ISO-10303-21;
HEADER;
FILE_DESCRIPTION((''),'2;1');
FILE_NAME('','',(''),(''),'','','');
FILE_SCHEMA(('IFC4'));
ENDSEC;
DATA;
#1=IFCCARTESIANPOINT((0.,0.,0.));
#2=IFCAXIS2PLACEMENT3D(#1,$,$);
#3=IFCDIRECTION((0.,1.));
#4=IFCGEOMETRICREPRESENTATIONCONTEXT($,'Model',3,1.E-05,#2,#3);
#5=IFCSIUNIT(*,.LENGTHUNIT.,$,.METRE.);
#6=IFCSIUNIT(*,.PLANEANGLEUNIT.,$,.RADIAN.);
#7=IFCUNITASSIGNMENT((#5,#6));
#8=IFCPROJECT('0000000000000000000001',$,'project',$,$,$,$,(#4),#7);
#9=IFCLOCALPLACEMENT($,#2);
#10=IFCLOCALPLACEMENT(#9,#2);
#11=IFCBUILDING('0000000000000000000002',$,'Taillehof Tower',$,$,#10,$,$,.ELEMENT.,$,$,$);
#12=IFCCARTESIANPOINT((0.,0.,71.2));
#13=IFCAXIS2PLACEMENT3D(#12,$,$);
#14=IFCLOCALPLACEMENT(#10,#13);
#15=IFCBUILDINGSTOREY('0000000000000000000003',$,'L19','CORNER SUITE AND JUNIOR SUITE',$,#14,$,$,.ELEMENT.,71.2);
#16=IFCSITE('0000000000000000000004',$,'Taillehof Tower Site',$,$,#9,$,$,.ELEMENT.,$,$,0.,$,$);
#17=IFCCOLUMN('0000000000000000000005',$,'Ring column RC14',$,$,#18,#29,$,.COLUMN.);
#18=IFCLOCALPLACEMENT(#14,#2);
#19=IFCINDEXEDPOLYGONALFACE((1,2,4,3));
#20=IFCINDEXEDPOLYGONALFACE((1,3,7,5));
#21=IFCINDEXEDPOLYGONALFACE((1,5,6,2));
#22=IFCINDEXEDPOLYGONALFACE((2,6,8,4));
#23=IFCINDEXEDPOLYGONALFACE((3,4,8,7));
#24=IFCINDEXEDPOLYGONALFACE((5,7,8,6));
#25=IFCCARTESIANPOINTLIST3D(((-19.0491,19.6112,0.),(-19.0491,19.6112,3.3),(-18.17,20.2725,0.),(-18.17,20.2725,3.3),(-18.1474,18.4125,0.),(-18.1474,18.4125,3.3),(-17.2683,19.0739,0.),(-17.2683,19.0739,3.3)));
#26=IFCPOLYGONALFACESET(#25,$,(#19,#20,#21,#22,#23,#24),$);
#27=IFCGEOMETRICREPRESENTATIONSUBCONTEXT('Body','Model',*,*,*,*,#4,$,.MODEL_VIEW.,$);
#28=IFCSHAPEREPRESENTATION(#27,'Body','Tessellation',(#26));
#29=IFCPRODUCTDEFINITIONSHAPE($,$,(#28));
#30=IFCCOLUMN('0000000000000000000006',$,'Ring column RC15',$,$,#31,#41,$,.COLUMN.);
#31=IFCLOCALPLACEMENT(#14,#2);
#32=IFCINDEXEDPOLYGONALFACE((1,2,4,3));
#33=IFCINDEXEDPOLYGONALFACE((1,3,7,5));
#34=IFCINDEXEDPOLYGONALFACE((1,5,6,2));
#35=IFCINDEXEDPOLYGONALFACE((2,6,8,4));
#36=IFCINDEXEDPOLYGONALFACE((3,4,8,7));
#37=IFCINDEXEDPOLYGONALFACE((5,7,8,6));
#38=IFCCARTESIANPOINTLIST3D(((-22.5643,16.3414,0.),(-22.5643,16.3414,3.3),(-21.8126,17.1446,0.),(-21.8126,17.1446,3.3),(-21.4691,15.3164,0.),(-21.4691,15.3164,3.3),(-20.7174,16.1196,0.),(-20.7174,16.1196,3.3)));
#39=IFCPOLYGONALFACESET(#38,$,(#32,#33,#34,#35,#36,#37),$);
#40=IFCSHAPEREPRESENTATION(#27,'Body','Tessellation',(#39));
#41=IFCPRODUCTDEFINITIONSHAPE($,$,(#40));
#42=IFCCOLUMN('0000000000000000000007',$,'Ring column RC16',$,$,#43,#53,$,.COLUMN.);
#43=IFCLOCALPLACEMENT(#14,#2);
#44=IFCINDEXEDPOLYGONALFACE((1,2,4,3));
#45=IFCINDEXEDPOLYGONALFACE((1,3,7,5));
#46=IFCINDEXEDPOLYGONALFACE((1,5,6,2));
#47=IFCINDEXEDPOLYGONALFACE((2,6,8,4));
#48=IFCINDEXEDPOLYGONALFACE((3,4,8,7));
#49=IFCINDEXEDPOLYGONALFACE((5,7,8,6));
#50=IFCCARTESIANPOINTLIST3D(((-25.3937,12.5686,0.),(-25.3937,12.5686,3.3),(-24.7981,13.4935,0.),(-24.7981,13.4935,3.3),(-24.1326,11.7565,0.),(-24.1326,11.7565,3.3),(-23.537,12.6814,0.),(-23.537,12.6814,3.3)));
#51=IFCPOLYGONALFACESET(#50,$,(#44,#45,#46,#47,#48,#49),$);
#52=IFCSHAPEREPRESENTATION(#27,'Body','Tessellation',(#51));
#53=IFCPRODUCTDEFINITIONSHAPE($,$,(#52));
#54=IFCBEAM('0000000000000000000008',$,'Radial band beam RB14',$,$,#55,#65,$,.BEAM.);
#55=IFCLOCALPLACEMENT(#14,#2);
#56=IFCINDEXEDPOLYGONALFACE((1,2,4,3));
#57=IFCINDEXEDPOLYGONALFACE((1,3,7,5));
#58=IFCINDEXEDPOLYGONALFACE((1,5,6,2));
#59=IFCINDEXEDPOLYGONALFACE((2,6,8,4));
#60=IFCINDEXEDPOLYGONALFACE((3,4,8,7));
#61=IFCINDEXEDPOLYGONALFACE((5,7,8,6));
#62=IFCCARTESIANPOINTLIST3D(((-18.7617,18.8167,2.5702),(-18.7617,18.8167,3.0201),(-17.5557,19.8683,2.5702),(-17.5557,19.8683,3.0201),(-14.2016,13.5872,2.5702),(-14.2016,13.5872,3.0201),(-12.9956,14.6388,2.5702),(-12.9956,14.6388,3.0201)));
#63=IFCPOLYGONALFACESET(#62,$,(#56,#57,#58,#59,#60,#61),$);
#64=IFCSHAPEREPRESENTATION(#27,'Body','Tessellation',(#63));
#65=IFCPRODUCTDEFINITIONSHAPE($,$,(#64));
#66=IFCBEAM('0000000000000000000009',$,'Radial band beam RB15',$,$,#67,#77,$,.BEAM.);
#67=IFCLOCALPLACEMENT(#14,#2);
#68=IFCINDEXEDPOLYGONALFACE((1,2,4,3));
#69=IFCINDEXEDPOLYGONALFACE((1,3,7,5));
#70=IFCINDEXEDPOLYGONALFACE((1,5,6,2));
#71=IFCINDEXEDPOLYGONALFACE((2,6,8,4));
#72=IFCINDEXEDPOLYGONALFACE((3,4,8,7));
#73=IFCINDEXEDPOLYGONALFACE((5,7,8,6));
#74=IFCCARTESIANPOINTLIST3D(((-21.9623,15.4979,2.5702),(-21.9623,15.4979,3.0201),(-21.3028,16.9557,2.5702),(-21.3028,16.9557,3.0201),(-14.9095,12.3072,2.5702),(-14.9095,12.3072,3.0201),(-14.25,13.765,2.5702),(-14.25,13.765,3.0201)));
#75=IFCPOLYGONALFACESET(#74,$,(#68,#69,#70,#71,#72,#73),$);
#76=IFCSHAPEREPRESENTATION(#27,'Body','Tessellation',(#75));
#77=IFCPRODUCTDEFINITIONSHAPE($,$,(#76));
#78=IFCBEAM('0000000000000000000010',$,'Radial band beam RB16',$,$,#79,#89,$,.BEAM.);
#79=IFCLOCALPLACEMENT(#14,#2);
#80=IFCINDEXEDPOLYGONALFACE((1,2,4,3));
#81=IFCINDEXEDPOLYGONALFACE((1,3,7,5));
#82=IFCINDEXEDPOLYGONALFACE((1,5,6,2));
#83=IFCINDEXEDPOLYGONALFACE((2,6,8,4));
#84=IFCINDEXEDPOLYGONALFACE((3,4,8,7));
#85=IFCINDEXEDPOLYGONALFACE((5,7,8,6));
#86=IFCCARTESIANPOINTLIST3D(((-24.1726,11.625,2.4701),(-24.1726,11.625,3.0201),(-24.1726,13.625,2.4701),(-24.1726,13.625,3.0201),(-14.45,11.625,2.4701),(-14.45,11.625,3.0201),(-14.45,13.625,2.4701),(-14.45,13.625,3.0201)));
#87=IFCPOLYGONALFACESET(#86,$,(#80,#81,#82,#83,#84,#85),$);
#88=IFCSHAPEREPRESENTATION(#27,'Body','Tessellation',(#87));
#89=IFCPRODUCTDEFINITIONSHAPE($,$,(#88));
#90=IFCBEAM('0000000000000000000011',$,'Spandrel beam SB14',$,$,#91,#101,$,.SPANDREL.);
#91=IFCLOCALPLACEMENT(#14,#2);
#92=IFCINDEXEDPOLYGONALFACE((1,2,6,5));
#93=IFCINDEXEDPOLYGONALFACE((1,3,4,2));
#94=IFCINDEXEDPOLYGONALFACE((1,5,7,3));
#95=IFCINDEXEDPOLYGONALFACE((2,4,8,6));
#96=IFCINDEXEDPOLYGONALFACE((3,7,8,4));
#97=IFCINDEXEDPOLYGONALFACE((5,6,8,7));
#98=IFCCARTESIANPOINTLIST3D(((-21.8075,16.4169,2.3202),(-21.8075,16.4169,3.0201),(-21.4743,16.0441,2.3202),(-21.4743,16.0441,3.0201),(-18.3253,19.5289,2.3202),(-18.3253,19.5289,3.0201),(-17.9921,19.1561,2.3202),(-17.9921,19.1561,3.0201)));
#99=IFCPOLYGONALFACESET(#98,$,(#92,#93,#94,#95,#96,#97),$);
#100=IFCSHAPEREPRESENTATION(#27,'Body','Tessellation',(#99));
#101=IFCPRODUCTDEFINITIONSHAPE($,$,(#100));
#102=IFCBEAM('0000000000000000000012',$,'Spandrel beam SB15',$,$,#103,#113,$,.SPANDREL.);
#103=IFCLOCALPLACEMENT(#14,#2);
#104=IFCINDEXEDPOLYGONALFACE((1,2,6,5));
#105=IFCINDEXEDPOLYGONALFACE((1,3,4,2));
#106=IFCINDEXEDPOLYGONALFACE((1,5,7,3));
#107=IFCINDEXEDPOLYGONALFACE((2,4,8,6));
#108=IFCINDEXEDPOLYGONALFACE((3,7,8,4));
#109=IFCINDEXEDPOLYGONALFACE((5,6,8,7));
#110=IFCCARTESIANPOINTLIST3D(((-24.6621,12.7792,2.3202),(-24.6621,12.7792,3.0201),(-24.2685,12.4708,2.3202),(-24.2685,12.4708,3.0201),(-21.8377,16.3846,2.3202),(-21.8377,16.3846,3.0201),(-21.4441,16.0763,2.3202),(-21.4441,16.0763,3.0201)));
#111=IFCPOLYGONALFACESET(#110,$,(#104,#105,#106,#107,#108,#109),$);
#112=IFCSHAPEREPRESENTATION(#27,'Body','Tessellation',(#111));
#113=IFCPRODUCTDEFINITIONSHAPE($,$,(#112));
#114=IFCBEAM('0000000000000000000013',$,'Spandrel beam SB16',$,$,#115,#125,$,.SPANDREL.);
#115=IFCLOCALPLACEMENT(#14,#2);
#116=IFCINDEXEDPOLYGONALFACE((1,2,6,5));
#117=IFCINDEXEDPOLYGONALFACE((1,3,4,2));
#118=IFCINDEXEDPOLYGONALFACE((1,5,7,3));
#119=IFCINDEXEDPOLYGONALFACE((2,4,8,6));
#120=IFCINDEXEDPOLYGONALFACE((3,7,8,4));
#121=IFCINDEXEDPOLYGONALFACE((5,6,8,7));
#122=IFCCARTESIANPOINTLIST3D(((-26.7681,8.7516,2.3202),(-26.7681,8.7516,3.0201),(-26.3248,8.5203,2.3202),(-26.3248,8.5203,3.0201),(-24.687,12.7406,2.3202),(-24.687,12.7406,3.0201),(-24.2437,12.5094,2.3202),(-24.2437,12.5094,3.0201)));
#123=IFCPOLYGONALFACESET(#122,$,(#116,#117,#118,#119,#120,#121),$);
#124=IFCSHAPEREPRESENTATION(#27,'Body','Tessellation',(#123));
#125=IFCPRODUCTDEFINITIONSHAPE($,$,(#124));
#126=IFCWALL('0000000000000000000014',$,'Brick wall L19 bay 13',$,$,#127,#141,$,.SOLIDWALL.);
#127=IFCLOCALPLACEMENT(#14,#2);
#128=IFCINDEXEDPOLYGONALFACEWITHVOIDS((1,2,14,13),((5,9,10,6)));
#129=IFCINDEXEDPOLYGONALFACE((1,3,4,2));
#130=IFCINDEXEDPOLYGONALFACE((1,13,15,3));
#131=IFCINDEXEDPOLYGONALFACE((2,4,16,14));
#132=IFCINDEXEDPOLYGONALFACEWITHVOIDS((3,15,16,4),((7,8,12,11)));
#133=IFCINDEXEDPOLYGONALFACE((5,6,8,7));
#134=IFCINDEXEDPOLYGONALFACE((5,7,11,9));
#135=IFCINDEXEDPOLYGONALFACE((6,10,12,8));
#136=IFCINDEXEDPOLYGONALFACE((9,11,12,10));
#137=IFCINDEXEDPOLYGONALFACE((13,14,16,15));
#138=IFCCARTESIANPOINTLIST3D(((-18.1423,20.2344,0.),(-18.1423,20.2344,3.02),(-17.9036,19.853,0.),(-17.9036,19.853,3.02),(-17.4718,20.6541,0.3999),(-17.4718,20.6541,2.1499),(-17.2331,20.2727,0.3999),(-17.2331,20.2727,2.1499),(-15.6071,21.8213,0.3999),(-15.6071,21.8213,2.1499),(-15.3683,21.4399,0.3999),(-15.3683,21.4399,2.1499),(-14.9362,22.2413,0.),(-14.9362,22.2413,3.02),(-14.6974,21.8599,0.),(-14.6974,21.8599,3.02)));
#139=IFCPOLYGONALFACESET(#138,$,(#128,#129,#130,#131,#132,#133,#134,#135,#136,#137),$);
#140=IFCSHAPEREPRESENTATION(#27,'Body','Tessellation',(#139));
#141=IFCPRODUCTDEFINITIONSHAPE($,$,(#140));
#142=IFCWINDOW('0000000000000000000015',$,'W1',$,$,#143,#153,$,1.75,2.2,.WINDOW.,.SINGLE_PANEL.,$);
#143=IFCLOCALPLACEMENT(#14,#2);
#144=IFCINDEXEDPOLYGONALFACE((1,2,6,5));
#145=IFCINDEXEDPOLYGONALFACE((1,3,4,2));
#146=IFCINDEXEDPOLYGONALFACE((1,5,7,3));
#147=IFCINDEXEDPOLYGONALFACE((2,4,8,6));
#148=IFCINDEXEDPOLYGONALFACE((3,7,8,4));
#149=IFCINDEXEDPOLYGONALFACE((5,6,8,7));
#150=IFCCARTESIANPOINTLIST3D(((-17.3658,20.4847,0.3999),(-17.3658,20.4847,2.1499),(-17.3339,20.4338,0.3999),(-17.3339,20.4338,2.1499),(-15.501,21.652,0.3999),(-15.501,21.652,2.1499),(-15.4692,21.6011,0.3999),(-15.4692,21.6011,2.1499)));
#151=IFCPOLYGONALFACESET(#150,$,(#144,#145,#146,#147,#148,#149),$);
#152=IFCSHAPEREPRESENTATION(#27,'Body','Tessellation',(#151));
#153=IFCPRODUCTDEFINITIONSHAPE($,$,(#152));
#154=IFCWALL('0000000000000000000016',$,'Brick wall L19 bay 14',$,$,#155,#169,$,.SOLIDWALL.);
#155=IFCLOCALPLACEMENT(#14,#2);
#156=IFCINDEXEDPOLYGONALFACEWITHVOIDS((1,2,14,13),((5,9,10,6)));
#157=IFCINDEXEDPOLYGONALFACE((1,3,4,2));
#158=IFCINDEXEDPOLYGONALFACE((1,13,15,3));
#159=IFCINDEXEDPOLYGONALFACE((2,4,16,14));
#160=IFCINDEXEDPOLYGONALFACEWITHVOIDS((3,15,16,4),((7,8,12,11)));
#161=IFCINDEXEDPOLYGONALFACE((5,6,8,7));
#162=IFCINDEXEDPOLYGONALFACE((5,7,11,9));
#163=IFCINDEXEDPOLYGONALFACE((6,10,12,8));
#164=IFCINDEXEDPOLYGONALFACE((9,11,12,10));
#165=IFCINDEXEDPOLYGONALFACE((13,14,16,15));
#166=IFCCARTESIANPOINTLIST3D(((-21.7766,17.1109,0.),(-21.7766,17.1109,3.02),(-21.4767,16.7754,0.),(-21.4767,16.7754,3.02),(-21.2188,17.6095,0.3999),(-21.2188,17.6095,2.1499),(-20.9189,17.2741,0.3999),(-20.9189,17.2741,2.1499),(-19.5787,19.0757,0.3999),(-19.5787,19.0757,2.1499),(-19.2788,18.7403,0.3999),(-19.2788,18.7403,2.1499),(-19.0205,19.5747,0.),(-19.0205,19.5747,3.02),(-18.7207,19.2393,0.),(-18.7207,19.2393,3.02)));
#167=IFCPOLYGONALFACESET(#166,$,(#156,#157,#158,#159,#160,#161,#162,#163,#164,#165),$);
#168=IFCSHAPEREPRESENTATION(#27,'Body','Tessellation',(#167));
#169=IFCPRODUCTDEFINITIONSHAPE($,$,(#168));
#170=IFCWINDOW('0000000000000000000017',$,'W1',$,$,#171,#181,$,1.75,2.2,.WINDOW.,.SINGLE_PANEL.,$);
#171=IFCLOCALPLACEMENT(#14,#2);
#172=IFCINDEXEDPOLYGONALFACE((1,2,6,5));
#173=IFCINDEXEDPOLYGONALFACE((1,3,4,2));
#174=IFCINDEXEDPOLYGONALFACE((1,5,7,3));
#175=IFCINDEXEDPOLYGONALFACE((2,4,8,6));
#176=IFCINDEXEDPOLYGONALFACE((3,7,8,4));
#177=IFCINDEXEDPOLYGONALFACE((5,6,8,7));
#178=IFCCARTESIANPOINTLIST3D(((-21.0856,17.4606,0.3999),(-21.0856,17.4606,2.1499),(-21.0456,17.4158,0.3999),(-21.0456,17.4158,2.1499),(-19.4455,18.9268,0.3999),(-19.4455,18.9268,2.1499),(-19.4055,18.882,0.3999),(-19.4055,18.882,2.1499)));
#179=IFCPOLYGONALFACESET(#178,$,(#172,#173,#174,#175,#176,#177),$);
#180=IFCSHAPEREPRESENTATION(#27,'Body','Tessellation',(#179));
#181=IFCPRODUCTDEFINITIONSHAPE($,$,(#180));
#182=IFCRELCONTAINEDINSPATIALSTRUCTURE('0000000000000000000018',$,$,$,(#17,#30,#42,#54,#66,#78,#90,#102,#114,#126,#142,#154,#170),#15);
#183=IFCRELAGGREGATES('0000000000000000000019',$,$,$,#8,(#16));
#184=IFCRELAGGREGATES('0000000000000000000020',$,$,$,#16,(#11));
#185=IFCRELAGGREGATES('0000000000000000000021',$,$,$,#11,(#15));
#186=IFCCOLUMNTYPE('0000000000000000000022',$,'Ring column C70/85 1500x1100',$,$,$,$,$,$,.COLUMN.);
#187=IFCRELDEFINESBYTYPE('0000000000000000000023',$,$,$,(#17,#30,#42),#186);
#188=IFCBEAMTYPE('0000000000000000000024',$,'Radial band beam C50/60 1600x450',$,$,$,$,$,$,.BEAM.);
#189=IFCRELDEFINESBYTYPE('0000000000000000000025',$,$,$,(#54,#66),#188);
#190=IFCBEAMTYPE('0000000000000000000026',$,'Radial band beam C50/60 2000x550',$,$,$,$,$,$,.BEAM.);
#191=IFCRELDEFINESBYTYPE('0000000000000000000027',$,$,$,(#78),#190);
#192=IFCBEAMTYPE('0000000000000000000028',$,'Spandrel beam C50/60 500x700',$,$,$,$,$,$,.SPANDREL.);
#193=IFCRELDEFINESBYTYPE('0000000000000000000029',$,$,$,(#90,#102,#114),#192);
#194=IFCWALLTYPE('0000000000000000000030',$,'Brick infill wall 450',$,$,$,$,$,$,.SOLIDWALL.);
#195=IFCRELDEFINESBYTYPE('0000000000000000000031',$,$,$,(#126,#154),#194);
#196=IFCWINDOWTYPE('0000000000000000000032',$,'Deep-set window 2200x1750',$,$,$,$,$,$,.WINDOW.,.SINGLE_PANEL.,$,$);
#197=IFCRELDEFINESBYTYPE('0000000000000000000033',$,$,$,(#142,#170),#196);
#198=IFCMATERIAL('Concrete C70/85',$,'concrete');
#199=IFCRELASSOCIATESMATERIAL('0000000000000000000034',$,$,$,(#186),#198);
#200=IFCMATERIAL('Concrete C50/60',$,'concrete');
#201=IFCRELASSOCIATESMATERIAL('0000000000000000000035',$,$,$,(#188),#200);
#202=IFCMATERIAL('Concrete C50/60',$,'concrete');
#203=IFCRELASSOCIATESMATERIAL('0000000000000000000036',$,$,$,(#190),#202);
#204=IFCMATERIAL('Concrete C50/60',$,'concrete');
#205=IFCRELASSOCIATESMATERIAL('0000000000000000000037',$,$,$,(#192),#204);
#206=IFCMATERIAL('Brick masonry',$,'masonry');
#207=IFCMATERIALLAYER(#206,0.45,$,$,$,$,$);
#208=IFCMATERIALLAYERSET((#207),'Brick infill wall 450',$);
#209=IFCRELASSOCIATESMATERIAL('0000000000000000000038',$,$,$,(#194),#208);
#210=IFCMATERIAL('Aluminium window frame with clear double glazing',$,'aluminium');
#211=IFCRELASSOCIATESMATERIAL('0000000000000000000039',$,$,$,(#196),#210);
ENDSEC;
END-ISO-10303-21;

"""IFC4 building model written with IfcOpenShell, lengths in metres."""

from ifc_helpers import new_model, si_unit, direction, frame, frame_2d, origin, origin_2d, place, context, subcontext, project, spatial, rectangle, extrude, material, layer, layer_set, material_profile, profile_set, type_object, element, fill, save


model = new_model("IFC4")

# Units and contexts
model_context = context("Model", 3, precision=1e-05, world=origin(), true_north=direction((0.0, 1.0)))
body_context = subcontext(model_context, "Body", "Model", "MODEL_VIEW")
ifc_project = project(units=[si_unit("LENGTHUNIT", "METRE"), si_unit("PLANEANGLEUNIT", "RADIAN")], contexts=[model_context])

# Site, building, storey
site_placement = place(None, origin())
site = spatial("IfcSite", under=ifc_project, at=site_placement, Name="Taillehof Tower Site", CompositionType="ELEMENT", RefElevation=0.0)
building_placement = place(site_placement, origin())
building = spatial("IfcBuilding", under=site, at=building_placement, Name="Taillehof Tower", CompositionType="ELEMENT")
storey_placement = place(building_placement, frame((0.0, 0.0, 71.2)))
storey = spatial("IfcBuildingStorey", under=building, at=storey_placement, Name="L19", Description="CORNER SUITE AND JUNIOR SUITE", CompositionType="ELEMENT", Elevation=71.2)

# Columns
ifc_material_1 = material(Name="Concrete C70/85", Category="concrete")
ifc_material_profile_1 = material_profile(ifc_material_1, rectangle(XDim=1.5, YDim=1.1001, at=origin_2d()), Name="RC 1500x1100")
ifc_profile_set_1 = profile_set([ifc_material_profile_1], Name="Concrete C70/85")
column_type = type_object("IfcColumnType", Name="Ring column C70/85 1500x1100", PredefinedType="COLUMN", material=ifc_profile_set_1)
for number, where, z_axis, x_axis, name in (
    (1, (-18.1587, 19.3425, 0.0), (0.0, 0.0, 1.0), (-0.601174, 0.799118, 0.0), "Ring column RC14"),
    (2, (-21.6409, 16.2305, 0.0), (0.0, 0.0, 1.0), (-0.730113, 0.683326, 0.0), "Ring column RC15"),
    (3, (-24.4653, 12.625, 0.0), (0.0, 0.0, 1.0), (-0.840754, 0.541418, 0.0), "Ring column RC16"),
):
    element("IfcColumn", number, at=place(storey_placement, frame(where, z_axis=z_axis, x_axis=x_axis)), inside=storey, type_object=column_type, Name=name, PredefinedType="COLUMN", context=body_context, shape_type="SweptSolid", body=[
        extrude(rectangle(XDim=1.5, YDim=1.1001, at=origin_2d()), origin(), (0.0, 0.0, 1.0), 3.3),
    ])

# Beams
ifc_material_2 = material(Name="Concrete C50/60", Category="concrete")
ifc_material_profile_2 = material_profile(ifc_material_2, rectangle(XDim=1.6001, YDim=0.45, at=origin_2d()), Name="RC 1600x450")
ifc_profile_set_2 = profile_set([ifc_material_profile_2], Name="Concrete C50/60")
beam_type_1 = type_object("IfcBeamType", Name="Radial band beam C50/60 1600x450", PredefinedType="BEAM", material=ifc_profile_set_2)
beam_1_placement = place(storey_placement, frame((-18.1587, 19.3425, 2.7952), z_axis=(0.657218, -0.7537, 0.0), x_axis=(0.7537, 0.657218, 0.0)))
element("IfcBeam", 4, at=beam_1_placement, inside=storey, type_object=beam_type_1, Name="Radial band beam RB14", PredefinedType="BEAM", context=body_context, shape_type="SweptSolid", body=[
    extrude(rectangle(XDim=1.6001, YDim=0.45, at=origin_2d()), origin(), (0.0, 0.0, 1.0), 6.9385),
])
beam_2_placement = place(storey_placement, frame((-21.6326, 16.2268, 2.7952), z_axis=(0.911101, -0.412184, 0.0), x_axis=(0.412184, 0.911101, 0.0)))
element("IfcBeam", 5, at=beam_2_placement, inside=storey, type_object=beam_type_1, Name="Radial band beam RB15", PredefinedType="BEAM", context=body_context, shape_type="SweptSolid", body=[
    extrude(rectangle(XDim=1.6001, YDim=0.45, at=origin_2d()), origin(), (0.0, 0.0, 1.0), 7.741),
])
ifc_material_3 = material(Name="Concrete C50/60", Category="concrete")
ifc_material_profile_3 = material_profile(ifc_material_3, rectangle(XDim=2.0, YDim=0.55, at=origin_2d()), Name="RC 2000x550")
ifc_profile_set_3 = profile_set([ifc_material_profile_3], Name="Concrete C50/60")
beam_type_2 = type_object("IfcBeamType", Name="Radial band beam C50/60 2000x550", PredefinedType="BEAM", material=ifc_profile_set_3)
beam_3_placement = place(storey_placement, frame((-24.1726, 12.625, 2.7451), z_axis=(1.0, 0.0, 0.0), x_axis=(0.0, 1.0, 0.0)))
element("IfcBeam", 6, at=beam_3_placement, inside=storey, type_object=beam_type_2, Name="Radial band beam RB16", PredefinedType="BEAM", context=body_context, shape_type="SweptSolid", body=[
    extrude(rectangle(XDim=2.0, YDim=0.55, at=origin_2d()), origin(), (0.0, 0.0, 1.0), 9.7227),
])
ifc_material_4 = material(Name="Concrete C50/60", Category="concrete")
ifc_material_profile_4 = material_profile(ifc_material_4, rectangle(XDim=0.5, YDim=0.7, at=origin_2d()), Name="RC 500x700")
ifc_profile_set_4 = profile_set([ifc_material_profile_4], Name="Concrete C50/60")
beam_type_3 = type_object("IfcBeamType", Name="Spandrel beam C50/60 500x700", PredefinedType="SPANDREL", material=ifc_profile_set_4)
beam_4_placement = place(storey_placement, frame((-18.1587, 19.3425, 2.6702), z_axis=(-0.745621, -0.66637, 0.0), x_axis=(0.66637, -0.745621, 0.0)))
element("IfcBeam", 7, at=beam_4_placement, inside=storey, type_object=beam_type_3, Name="Spandrel beam SB14", PredefinedType="SPANDREL", context=body_context, shape_type="SweptSolid", body=[
    extrude(rectangle(XDim=0.5, YDim=0.7, at=origin_2d()), origin(), (0.0, 0.0, 1.0), 4.6702),
])
beam_5_placement = place(storey_placement, frame((-21.6409, 16.2305, 2.6702), z_axis=(-0.616686, -0.787209, 0.0), x_axis=(0.787209, -0.616686, 0.0)))
element("IfcBeam", 8, at=beam_5_placement, inside=storey, type_object=beam_type_3, Name="Spandrel beam SB15", PredefinedType="SPANDREL", context=body_context, shape_type="SweptSolid", body=[
    extrude(rectangle(XDim=0.5, YDim=0.7, at=origin_2d()), origin(), (0.0, 0.0, 1.0), 4.5801),
])
beam_6_placement = place(storey_placement, frame((-24.4653, 12.625, 2.6702), z_axis=(-0.462536, -0.8866, 0.0), x_axis=(0.8866, -0.462536, 0.0)))
element("IfcBeam", 9, at=beam_6_placement, inside=storey, type_object=beam_type_3, Name="Spandrel beam SB16", PredefinedType="SPANDREL", context=body_context, shape_type="SweptSolid", body=[
    extrude(rectangle(XDim=0.5, YDim=0.7, at=origin_2d()), origin(), (0.0, 0.0, 1.0), 4.4993),
])

# Walls, openings, windows
ifc_material_5 = material(Name="Brick masonry", Category="masonry")
ifc_layer_1 = layer(ifc_material_5, 0.45)
ifc_layer_set_1 = layer_set([ifc_layer_1], Name="Brick infill wall 450")
wall_type_1 = type_object("IfcWallType", Name="Brick infill wall 450", PredefinedType="SOLIDWALL", material=ifc_layer_set_1)
wall_1_placement = place(storey_placement, frame((-14.8169, 22.0505, 0.0), z_axis=(0.0, 0.0, 1.0), x_axis=(-0.847635, -0.530579, 0.0)))
wall_1 = element("IfcWall", 10, at=wall_1_placement, inside=storey, type_object=wall_type_1, Name="Brick wall L19 bay 13", PredefinedType="SOLIDWALL", context=body_context, shape_type="SweptSolid", body=[
    extrude(rectangle(XDim=3.7825, YDim=0.45, at=frame_2d((1.8911, 0.0))), origin(), (0.0, 0.0, 1.0), 3.02),
])
opening_1_placement = place(wall_1_placement, frame((0.7913, 0.0, 0.3999)))
opening_1 = element("IfcOpeningElement", 11, at=opening_1_placement, cuts=wall_1, PredefinedType="OPENING", context=body_context, shape_type="SweptSolid", body=[
    extrude(rectangle(XDim=2.2, YDim=1.75, at=frame_2d((1.1001, 0.875))), frame((0.0, 0.2349, 0.0), z_axis=(0.0, -1.0, 0.0), x_axis=(1.0, 0.0, 0.0)), (0.0, 0.0, 1.0), 0.47),
])
ifc_material_6 = material(Name="Aluminium window frame with clear double glazing", Category="aluminium")
window_type_1 = type_object("IfcWindowType", Name="Deep-set window 2200x1750", PartitioningType="SINGLE_PANEL", PredefinedType="WINDOW", material=ifc_material_6)
window_1_placement = place(opening_1_placement, origin())
window_1 = element("IfcWindow", 12, at=window_1_placement, inside=storey, type_object=window_type_1, Name="W1", OverallHeight=1.75, OverallWidth=2.2, PartitioningType="SINGLE_PANEL", PredefinedType="WINDOW", context=body_context, shape_type="SweptSolid", body=[
    extrude(rectangle(XDim=2.2, YDim=1.75, at=frame_2d((1.1001, 0.875))), frame((0.0, 0.0349, 0.0), z_axis=(0.0, -1.0, 0.0), x_axis=(1.0, 0.0, 0.0)), (0.0, 0.0, 1.0), 0.0601),
])
fill(opening_1, window_1)
wall_2_placement = place(storey_placement, frame((-18.8706, 19.407, 0.0), z_axis=(0.0, 0.0, 1.0), x_axis=(-0.745526, -0.666476, 0.0)))
wall_2 = element("IfcWall", 13, at=wall_2_placement, inside=storey, type_object=wall_type_1, Name="Brick wall L19 bay 14", PredefinedType="SOLIDWALL", context=body_context, shape_type="SweptSolid", body=[
    extrude(rectangle(XDim=3.6968, YDim=0.45, at=frame_2d((1.8484, 0.0))), origin(), (0.0, 0.0, 1.0), 3.02),
])
opening_2_placement = place(wall_2_placement, frame((0.7485, 0.0, 0.3999)))
opening_2 = element("IfcOpeningElement", 14, at=opening_2_placement, cuts=wall_2, PredefinedType="OPENING", context=body_context, shape_type="SweptSolid", body=[
    extrude(rectangle(XDim=2.2, YDim=1.75, at=frame_2d((1.1001, 0.875))), frame((0.0, 0.2349, 0.0), z_axis=(0.0, -1.0, 0.0), x_axis=(1.0, 0.0, 0.0)), (0.0, 0.0, 1.0), 0.47),
])
window_2_placement = place(opening_2_placement, origin())
window_2 = element("IfcWindow", 15, at=window_2_placement, inside=storey, type_object=window_type_1, Name="W1", OverallHeight=1.75, OverallWidth=2.2, PartitioningType="SINGLE_PANEL", PredefinedType="WINDOW", context=body_context, shape_type="SweptSolid", body=[
    extrude(rectangle(XDim=2.2, YDim=1.75, at=frame_2d((1.1001, 0.875))), frame((0.0, 0.0349, 0.0), z_axis=(0.0, -1.0, 0.0), x_axis=(1.0, 0.0, 0.0)), (0.0, 0.0, 1.0), 0.0601),
])
fill(opening_2, window_2)

save(model, "model.ifc")
